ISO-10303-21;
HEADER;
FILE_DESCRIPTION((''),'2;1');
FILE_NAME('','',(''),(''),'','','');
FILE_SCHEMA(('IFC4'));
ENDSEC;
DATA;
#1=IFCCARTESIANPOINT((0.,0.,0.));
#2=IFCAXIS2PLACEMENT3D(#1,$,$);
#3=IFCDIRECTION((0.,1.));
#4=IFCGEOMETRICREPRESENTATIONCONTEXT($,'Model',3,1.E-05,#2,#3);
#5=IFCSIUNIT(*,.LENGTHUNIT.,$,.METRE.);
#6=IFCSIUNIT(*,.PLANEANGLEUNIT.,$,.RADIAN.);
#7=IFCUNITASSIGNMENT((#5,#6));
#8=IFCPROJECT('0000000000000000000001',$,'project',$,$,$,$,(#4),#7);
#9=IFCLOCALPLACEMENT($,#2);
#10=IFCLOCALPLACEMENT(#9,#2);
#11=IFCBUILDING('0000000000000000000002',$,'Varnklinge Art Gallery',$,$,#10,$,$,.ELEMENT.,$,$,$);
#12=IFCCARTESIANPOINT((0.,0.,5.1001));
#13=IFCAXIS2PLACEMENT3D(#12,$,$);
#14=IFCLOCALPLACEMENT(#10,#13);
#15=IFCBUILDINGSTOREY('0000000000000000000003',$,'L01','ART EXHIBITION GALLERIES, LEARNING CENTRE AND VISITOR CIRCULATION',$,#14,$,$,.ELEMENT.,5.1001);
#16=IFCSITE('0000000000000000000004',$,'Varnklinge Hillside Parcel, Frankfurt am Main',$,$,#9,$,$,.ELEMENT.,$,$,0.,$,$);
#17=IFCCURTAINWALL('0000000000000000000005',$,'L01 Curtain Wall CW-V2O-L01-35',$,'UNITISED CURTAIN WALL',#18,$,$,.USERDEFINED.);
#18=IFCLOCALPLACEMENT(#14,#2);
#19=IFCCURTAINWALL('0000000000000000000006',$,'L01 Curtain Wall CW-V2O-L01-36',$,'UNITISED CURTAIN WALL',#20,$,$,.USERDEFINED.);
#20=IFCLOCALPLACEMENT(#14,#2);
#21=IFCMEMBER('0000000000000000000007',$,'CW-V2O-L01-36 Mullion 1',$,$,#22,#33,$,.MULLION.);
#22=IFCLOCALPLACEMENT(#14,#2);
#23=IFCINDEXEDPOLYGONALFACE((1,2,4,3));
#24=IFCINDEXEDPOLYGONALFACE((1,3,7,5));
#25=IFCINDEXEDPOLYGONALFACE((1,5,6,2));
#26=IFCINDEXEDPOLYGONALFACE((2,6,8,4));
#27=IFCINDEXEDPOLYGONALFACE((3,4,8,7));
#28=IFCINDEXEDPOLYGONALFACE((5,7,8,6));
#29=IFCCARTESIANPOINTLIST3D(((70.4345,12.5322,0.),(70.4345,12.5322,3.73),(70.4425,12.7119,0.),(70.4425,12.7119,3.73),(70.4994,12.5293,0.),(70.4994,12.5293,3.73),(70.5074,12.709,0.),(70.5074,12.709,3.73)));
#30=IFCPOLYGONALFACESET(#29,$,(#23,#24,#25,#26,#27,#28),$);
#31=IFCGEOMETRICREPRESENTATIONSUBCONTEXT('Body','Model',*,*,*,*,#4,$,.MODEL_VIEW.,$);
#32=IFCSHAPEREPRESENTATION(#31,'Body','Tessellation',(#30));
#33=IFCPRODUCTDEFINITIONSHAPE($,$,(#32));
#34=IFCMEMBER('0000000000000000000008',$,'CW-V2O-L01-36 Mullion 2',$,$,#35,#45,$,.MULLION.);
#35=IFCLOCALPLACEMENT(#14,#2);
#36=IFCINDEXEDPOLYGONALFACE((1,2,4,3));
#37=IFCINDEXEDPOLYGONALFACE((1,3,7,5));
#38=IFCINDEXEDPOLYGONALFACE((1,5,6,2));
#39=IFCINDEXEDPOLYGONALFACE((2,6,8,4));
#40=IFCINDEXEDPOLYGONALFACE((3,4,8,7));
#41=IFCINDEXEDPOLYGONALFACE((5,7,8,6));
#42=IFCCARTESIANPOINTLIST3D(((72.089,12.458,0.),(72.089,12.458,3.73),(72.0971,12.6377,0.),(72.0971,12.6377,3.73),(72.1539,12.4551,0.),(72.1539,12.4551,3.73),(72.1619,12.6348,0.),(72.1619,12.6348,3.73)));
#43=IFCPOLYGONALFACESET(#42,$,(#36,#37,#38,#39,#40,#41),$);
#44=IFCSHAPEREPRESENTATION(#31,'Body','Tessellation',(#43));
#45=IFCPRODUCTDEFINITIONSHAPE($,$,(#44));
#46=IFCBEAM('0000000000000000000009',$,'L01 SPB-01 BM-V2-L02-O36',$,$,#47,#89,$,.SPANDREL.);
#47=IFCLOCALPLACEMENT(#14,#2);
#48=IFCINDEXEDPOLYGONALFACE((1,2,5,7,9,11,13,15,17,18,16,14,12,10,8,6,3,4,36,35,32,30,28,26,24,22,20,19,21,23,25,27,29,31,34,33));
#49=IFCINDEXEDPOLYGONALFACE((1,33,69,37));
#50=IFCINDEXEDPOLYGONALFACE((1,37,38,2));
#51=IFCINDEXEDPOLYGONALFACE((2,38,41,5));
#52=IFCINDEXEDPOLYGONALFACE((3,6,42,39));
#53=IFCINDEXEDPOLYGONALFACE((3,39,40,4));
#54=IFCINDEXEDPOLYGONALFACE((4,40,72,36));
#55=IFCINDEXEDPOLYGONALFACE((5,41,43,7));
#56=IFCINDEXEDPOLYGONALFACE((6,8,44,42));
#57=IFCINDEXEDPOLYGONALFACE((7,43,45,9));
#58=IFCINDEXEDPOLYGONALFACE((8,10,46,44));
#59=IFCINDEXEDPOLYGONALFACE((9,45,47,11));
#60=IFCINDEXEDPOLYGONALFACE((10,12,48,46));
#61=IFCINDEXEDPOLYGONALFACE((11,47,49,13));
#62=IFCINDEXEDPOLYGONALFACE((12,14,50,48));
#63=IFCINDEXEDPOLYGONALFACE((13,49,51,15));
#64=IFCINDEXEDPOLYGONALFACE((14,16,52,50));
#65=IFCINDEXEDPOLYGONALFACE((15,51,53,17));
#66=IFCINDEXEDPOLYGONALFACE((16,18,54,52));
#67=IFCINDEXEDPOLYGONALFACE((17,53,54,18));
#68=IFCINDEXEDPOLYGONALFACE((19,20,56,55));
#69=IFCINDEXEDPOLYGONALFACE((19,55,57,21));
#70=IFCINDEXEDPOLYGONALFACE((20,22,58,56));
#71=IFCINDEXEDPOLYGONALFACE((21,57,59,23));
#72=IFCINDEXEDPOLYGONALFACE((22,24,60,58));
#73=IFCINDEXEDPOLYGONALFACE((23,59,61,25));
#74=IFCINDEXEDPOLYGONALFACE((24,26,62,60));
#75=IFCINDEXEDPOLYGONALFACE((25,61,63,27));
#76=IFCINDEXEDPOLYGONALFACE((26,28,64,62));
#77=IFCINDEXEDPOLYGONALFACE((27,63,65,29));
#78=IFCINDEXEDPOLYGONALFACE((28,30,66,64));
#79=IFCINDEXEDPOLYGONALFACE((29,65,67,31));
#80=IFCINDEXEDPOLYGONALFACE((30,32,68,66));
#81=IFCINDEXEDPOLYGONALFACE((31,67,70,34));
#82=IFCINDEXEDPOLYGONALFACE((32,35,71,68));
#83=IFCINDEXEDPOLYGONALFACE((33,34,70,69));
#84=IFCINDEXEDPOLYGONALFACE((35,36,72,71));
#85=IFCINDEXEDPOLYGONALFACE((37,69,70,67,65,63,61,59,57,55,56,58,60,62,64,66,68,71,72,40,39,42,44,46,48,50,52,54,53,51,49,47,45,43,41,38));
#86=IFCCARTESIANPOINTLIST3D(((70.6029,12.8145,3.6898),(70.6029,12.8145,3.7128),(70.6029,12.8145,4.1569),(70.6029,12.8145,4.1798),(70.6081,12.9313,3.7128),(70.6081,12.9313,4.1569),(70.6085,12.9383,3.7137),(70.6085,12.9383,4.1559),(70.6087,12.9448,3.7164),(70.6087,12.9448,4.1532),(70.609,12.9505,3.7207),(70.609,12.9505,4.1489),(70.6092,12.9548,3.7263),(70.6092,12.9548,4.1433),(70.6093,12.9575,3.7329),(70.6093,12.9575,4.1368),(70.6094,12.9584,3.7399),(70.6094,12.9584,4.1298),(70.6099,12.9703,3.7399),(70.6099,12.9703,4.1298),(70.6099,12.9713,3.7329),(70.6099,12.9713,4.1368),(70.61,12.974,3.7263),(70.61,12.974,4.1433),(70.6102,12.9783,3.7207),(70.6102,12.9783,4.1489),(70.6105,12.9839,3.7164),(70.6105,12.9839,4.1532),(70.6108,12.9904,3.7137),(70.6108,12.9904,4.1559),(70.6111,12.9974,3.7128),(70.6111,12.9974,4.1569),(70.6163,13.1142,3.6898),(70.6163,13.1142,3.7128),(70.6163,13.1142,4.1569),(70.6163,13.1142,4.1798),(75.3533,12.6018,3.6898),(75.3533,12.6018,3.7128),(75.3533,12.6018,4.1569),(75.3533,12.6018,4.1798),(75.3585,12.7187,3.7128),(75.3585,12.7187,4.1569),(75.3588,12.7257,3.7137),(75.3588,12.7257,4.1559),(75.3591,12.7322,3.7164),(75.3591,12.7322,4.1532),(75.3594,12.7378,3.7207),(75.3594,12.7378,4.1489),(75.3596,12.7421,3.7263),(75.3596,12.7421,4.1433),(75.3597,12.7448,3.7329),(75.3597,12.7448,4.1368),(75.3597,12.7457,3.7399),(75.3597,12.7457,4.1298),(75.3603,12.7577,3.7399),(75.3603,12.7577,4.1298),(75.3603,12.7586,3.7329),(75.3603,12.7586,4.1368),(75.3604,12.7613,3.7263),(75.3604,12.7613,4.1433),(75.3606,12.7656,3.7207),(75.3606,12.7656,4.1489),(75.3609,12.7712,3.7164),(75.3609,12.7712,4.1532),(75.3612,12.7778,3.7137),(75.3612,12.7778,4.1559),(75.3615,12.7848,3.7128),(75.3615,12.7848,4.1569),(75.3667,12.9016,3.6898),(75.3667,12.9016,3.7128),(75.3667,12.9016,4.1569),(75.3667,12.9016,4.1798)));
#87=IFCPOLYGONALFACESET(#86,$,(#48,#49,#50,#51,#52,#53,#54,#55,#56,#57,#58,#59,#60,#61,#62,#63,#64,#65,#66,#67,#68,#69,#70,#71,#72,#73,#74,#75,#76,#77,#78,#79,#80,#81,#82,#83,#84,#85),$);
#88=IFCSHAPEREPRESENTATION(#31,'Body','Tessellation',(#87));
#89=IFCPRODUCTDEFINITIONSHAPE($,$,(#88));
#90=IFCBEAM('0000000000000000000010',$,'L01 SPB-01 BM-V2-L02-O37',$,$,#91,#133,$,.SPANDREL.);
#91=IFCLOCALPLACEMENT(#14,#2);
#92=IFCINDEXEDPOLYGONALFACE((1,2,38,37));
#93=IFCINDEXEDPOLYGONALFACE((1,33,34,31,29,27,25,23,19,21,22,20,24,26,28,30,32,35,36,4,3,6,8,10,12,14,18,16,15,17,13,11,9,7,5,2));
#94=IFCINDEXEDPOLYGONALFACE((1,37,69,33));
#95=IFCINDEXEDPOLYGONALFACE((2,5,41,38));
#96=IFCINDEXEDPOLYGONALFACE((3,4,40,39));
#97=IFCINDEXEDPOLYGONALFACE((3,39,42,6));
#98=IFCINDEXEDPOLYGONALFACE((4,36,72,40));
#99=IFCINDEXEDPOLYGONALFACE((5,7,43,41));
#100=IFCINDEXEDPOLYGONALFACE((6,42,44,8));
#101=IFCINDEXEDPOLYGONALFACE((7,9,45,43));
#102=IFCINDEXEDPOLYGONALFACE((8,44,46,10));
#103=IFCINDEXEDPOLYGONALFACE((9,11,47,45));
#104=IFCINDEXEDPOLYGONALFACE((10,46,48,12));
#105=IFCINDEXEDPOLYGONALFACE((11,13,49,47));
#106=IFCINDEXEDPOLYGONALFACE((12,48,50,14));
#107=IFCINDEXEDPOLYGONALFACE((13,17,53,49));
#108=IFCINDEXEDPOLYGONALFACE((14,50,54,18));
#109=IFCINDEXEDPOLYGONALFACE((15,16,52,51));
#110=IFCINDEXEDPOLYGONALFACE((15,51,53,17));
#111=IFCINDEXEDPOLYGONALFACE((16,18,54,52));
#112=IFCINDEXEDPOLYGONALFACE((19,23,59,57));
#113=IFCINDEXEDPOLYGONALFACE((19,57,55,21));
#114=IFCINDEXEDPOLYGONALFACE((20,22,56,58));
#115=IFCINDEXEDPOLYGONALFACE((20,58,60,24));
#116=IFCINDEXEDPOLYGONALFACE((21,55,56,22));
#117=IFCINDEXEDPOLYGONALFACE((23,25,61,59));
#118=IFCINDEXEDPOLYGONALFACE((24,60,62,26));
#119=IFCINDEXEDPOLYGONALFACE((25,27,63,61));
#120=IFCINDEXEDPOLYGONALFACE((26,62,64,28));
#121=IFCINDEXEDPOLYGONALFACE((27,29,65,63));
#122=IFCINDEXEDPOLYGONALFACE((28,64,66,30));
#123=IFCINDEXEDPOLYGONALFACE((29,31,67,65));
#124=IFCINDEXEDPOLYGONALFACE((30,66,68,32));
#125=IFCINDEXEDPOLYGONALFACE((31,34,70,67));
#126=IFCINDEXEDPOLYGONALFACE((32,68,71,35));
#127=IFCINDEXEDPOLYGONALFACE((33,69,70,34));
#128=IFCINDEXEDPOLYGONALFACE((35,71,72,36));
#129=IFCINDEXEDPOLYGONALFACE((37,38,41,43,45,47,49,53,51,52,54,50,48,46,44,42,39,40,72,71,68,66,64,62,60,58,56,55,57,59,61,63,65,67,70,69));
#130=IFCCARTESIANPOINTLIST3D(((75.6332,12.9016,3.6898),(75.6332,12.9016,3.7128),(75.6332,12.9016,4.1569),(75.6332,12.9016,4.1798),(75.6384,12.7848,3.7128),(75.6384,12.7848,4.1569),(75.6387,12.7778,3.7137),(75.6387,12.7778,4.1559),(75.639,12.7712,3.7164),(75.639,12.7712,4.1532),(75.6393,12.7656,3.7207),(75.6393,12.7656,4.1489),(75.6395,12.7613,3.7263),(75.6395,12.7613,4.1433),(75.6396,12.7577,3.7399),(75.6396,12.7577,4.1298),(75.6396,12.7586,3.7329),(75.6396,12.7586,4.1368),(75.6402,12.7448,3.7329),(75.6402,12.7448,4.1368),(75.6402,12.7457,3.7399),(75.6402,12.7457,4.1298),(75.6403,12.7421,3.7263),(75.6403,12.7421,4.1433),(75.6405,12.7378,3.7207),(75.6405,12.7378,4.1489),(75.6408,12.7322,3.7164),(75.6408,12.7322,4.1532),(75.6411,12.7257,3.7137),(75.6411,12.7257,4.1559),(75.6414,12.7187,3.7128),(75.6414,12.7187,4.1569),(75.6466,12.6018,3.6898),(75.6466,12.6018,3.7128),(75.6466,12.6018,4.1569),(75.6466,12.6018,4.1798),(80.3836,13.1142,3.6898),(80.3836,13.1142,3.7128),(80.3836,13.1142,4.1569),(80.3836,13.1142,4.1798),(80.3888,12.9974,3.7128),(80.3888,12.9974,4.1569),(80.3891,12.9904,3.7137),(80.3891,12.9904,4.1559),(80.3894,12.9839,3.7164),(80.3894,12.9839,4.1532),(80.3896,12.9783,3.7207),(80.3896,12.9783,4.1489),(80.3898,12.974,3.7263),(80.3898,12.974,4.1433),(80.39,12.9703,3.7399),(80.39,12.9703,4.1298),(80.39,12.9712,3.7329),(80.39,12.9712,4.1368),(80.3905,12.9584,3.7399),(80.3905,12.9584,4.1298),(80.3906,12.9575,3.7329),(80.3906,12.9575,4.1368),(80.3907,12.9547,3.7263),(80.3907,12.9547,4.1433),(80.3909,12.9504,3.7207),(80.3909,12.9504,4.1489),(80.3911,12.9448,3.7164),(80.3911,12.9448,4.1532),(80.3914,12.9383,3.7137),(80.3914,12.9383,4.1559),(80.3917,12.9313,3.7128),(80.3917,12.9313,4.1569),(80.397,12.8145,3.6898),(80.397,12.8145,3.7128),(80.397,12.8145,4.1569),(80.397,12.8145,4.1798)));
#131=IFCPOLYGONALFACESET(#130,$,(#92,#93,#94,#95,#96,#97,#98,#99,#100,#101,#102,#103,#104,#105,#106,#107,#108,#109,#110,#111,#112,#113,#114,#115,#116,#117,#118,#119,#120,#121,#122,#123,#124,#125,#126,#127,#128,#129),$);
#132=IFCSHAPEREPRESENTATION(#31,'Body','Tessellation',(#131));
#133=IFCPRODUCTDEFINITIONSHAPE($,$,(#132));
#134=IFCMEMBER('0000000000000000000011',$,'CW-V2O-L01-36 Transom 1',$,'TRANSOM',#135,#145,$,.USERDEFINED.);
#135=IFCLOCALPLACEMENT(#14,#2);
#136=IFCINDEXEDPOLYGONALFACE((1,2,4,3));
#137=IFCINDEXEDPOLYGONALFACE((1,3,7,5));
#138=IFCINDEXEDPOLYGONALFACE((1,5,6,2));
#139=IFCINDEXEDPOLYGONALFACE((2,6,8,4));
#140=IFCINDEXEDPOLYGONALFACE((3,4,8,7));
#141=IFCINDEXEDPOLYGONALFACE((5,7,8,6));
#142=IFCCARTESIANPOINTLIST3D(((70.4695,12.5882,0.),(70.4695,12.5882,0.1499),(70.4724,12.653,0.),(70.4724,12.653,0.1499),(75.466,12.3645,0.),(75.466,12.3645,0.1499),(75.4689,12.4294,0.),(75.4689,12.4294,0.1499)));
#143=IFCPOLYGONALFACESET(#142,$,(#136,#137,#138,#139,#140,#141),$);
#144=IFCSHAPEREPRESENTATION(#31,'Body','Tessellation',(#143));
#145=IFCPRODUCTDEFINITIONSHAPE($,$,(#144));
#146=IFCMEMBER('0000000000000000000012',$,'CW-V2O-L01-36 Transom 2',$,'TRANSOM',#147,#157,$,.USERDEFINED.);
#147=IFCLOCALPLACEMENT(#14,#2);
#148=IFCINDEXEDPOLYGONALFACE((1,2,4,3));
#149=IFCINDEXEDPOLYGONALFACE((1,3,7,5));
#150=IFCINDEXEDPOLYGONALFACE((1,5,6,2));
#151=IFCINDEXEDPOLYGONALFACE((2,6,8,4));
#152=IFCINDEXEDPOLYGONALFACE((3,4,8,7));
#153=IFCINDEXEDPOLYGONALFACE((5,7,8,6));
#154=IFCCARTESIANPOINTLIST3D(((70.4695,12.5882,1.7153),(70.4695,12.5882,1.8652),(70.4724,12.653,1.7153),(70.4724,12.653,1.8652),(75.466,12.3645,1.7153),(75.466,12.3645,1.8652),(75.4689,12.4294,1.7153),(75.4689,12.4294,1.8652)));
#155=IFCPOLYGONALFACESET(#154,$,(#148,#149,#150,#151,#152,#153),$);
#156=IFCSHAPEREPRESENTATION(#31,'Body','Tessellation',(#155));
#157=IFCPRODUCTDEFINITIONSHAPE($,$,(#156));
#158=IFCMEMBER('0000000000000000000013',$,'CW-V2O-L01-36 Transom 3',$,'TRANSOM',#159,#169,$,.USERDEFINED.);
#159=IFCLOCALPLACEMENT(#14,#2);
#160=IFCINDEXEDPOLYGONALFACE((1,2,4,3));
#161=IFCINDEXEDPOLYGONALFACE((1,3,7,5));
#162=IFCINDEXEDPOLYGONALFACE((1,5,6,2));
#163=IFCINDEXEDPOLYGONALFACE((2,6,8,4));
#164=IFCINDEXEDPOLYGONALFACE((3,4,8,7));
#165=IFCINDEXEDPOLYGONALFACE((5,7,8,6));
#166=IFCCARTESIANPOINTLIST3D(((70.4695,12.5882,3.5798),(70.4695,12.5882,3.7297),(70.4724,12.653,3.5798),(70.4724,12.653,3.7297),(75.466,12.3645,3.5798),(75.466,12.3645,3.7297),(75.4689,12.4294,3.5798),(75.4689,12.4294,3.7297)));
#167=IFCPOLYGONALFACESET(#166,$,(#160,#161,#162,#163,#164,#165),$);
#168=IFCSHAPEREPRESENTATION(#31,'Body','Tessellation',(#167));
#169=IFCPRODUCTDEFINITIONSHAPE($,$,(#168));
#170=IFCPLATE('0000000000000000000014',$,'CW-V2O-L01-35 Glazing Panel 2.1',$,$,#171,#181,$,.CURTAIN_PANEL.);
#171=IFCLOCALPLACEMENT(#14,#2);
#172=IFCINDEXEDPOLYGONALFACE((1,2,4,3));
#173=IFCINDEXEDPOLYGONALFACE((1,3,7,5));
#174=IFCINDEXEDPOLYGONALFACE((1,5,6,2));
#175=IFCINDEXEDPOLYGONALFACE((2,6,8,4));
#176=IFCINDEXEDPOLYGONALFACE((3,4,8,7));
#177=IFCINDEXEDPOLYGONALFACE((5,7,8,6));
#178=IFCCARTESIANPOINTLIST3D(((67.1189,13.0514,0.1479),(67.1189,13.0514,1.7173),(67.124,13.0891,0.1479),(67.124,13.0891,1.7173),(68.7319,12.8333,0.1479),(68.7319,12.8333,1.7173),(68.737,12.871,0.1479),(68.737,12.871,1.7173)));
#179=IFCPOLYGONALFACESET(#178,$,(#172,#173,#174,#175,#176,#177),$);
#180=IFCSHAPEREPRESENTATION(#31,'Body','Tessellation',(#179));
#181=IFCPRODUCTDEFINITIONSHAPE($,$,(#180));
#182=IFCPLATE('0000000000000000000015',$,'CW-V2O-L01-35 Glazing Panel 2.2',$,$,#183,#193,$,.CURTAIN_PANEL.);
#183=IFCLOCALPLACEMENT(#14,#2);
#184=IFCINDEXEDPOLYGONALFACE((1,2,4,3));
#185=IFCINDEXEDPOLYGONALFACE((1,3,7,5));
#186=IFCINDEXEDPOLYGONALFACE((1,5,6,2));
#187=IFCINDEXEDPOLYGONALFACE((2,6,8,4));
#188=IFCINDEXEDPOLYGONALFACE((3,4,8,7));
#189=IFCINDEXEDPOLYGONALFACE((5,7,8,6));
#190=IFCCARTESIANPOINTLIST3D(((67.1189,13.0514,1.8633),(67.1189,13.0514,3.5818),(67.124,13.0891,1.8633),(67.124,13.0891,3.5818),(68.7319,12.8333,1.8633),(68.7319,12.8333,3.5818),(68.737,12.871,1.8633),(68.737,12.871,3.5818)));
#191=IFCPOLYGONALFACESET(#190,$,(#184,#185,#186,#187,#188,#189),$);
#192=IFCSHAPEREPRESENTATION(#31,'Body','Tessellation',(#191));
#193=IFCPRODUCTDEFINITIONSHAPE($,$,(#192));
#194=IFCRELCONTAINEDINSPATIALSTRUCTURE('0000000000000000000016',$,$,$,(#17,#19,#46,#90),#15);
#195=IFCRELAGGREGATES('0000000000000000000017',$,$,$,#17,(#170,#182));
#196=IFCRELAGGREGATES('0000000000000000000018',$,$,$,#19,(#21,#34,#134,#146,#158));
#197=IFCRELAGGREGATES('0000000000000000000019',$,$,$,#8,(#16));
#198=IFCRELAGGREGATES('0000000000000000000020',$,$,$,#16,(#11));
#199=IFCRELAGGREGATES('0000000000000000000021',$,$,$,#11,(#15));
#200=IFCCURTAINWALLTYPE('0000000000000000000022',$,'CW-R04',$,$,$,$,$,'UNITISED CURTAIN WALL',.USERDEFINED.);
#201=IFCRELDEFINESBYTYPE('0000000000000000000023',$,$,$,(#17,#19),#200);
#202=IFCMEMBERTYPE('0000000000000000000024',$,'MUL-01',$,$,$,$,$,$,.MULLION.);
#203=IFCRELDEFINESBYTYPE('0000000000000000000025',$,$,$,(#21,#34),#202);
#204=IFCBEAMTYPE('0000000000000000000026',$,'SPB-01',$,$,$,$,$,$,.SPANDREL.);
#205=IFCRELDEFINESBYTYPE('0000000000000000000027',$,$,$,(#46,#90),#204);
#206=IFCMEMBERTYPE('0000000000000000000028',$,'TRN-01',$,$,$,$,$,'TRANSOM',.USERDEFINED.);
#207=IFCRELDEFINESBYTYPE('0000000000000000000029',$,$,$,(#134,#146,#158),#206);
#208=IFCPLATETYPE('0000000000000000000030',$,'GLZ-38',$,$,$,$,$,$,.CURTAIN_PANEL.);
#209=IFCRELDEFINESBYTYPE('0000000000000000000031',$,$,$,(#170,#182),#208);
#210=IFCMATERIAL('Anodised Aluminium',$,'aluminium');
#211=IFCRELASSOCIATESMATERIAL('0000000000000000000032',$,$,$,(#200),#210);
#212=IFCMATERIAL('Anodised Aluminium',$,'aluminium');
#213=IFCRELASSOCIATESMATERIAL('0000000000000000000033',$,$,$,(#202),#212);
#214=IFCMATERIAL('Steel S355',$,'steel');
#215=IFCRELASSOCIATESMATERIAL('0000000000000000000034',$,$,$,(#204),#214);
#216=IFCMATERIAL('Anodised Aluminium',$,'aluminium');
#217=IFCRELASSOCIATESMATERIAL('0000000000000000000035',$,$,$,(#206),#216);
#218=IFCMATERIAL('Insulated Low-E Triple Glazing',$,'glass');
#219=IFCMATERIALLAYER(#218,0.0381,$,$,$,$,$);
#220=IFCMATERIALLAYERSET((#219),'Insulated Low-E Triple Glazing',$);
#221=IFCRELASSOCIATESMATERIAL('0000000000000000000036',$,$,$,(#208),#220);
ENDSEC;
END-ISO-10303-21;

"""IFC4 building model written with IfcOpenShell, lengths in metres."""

from ifc_helpers import new_model, si_unit, direction, frame, origin, origin_2d, place, context, subcontext, project, spatial, rectangle, i_section, extrude, material, layer, layer_set, material_profile, profile_set, type_object, element, aggregate, save


model = new_model("IFC4")

# Units and contexts
model_context = context("Model", 3, precision=1e-05, world=origin(), true_north=direction((0.0, 1.0)))
body_context = subcontext(model_context, "Body", "Model", "MODEL_VIEW")
ifc_project = project(units=[si_unit("LENGTHUNIT", "METRE"), si_unit("PLANEANGLEUNIT", "RADIAN")], contexts=[model_context])

# Site, building, storey
site_placement = place(None, origin())
site = spatial("IfcSite", under=ifc_project, at=site_placement, Name="Varnklinge Hillside Parcel, Frankfurt am Main", CompositionType="ELEMENT", RefElevation=0.0)
building_placement = place(site_placement, origin())
building = spatial("IfcBuilding", under=site, at=building_placement, Name="Varnklinge Art Gallery", CompositionType="ELEMENT")
storey_placement = place(building_placement, frame((0.0, 0.0, 5.1001)))
storey = spatial("IfcBuildingStorey", under=building, at=storey_placement, Name="L01", Description="ART EXHIBITION GALLERIES, LEARNING CENTRE AND VISITOR CIRCULATION", CompositionType="ELEMENT", Elevation=5.1001)

# Curtain walls, members
ifc_material_1 = material(Name="Anodised Aluminium", Category="aluminium")
curtain_wall_type = type_object("IfcCurtainWallType", Name="CW-R04", ElementType="UNITISED CURTAIN WALL", PredefinedType="USERDEFINED", material=ifc_material_1)
curtain_wall_1_placement = place(storey_placement, origin())
curtain_wall_1 = element("IfcCurtainWall", 1, at=curtain_wall_1_placement, inside=storey, type_object=curtain_wall_type, Name="L01 Curtain Wall CW-V2O-L01-35", ObjectType="UNITISED CURTAIN WALL", PredefinedType="USERDEFINED")
ifc_material_2 = material(Name="Anodised Aluminium", Category="aluminium")
ifc_material_profile_1 = material_profile(ifc_material_2, rectangle(XDim=0.0649, YDim=0.1799, at=origin_2d()), Name="ALU 65x180")
ifc_profile_set_1 = profile_set([ifc_material_profile_1], Name="Anodised Aluminium")
member_type_1 = type_object("IfcMemberType", Name="MUL-01", PredefinedType="MULLION", material=ifc_profile_set_1)
curtain_wall_2_placement = place(storey_placement, origin())
curtain_wall_2 = element("IfcCurtainWall", 2, at=curtain_wall_2_placement, inside=storey, type_object=curtain_wall_type, Name="L01 Curtain Wall CW-V2O-L01-36", ObjectType="UNITISED CURTAIN WALL", PredefinedType="USERDEFINED")
member_1_placement = place(storey_placement, frame((70.4709, 12.6206, 0.0), z_axis=(0.0, 0.0, 1.0), x_axis=(0.999002, -0.044666, 0.0)))
member_1 = element("IfcMember", 3, at=member_1_placement, type_object=member_type_1, Name="CW-V2O-L01-36 Mullion 1", PredefinedType="MULLION", context=body_context, shape_type="SweptSolid", body=[
    extrude(rectangle(XDim=0.0649, YDim=0.1799, at=origin_2d()), origin(), (0.0, 0.0, 1.0), 3.73),
])
member_2_placement = place(storey_placement, frame((72.1255, 12.5464, 0.0), z_axis=(0.0, 0.0, 1.0), x_axis=(0.999002, -0.044666, 0.0)))
member_2 = element("IfcMember", 4, at=member_2_placement, type_object=member_type_1, Name="CW-V2O-L01-36 Mullion 2", PredefinedType="MULLION", context=body_context, shape_type="SweptSolid", body=[
    extrude(rectangle(XDim=0.0649, YDim=0.1799, at=origin_2d()), origin(), (0.0, 0.0, 1.0), 3.73),
])

# Beams
ifc_material_3 = material(Name="Steel S355", Category="steel")
ifc_material_profile_2 = material_profile(ifc_material_3, i_section(OverallWidth=0.3, OverallDepth=0.49, WebThickness=0.012, FlangeThickness=0.0229, FilletRadius=0.0271, at=origin_2d()), Name="HEA 500")
ifc_profile_set_2 = profile_set([ifc_material_profile_2], Name="Steel S355")
beam_type_1 = type_object("IfcBeamType", Name="SPB-01", PredefinedType="SPANDREL", material=ifc_profile_set_2)
for number, where, z_axis, x_axis, name in (
    (5, (70.6096, 12.9644, 3.9348), (0.999, -0.044718, 0.0), (0.044718, 0.999, 0.0), "L01 SPB-01 BM-V2-L02-O36"),
    (6, (75.6399, 12.7517, 3.9348), (0.999, 0.044718, 0.0), (-0.044718, 0.999, 0.0), "L01 SPB-01 BM-V2-L02-O37"),
):
    element("IfcBeam", number, at=place(storey_placement, frame(where, z_axis=z_axis, x_axis=x_axis)), inside=storey, type_object=beam_type_1, Name=name, PredefinedType="SPANDREL", context=body_context, shape_type="SweptSolid", body=[
        extrude(i_section(OverallWidth=0.3, OverallDepth=0.49, WebThickness=0.012, FlangeThickness=0.0229, FilletRadius=0.0271, at=origin_2d()), origin(), (0.0, 0.0, 1.0), 4.7551),
    ])

# Members
ifc_material_4 = material(Name="Anodised Aluminium", Category="aluminium")
ifc_material_profile_3 = material_profile(ifc_material_4, rectangle(XDim=0.0649, YDim=0.1499, at=origin_2d()), Name="ALU 65x150")
ifc_profile_set_3 = profile_set([ifc_material_profile_3], Name="Anodised Aluminium")
member_type_2 = type_object("IfcMemberType", Name="TRN-01", ElementType="TRANSOM", PredefinedType="USERDEFINED", material=ifc_profile_set_3)
member_3_placement = place(storey_placement, frame((70.4709, 12.6206, 0.075), z_axis=(0.999, -0.044712, 0.0), x_axis=(0.044712, 0.999, 0.0)))
member_3 = element("IfcMember", 7, at=member_3_placement, type_object=member_type_2, Name="CW-V2O-L01-36 Transom 1", ObjectType="TRANSOM", PredefinedType="USERDEFINED", context=body_context, shape_type="SweptSolid", body=[
    extrude(rectangle(XDim=0.0649, YDim=0.1499, at=origin_2d()), origin(), (0.0, 0.0, 1.0), 5.0015),
])
member_4_placement = place(storey_placement, frame((70.4709, 12.6206, 1.7903), z_axis=(0.999, -0.044712, 0.0), x_axis=(0.044712, 0.999, 0.0)))
member_4 = element("IfcMember", 8, at=member_4_placement, type_object=member_type_2, Name="CW-V2O-L01-36 Transom 2", ObjectType="TRANSOM", PredefinedType="USERDEFINED", context=body_context, shape_type="SweptSolid", body=[
    extrude(rectangle(XDim=0.0649, YDim=0.1499, at=origin_2d()), origin(), (0.0, 0.0, 1.0), 5.0015),
])
member_5_placement = place(storey_placement, frame((70.4709, 12.6206, 3.6548), z_axis=(0.999, -0.044712, 0.0), x_axis=(0.044712, 0.999, 0.0)))
member_5 = element("IfcMember", 9, at=member_5_placement, type_object=member_type_2, Name="CW-V2O-L01-36 Transom 3", ObjectType="TRANSOM", PredefinedType="USERDEFINED", context=body_context, shape_type="SweptSolid", body=[
    extrude(rectangle(XDim=0.0649, YDim=0.1499, at=origin_2d()), origin(), (0.0, 0.0, 1.0), 5.0015),
])

# Plates
ifc_material_5 = material(Name="Insulated Low-E Triple Glazing", Category="glass")
ifc_layer_1 = layer(ifc_material_5, 0.0381)
ifc_layer_set_1 = layer_set([ifc_layer_1], Name="Insulated Low-E Triple Glazing")
plate_type_1 = type_object("IfcPlateType", Name="GLZ-38", PredefinedType="CURTAIN_PANEL", material=ifc_layer_set_1)
plate_1_placement = place(storey_placement, frame((67.928, 12.9612, 0.1479), z_axis=(0.0, 0.0, 1.0), x_axis=(0.990983, -0.133986, 0.0)))
plate_1 = element("IfcPlate", 10, at=plate_1_placement, type_object=plate_type_1, Name="CW-V2O-L01-35 Glazing Panel 2.1", PredefinedType="CURTAIN_PANEL", context=body_context, shape_type="SweptSolid", body=[
    extrude(rectangle(XDim=1.6277, YDim=0.0381, at=origin_2d()), origin(), (0.0, 0.0, 1.0), 1.5693),
])
plate_2_placement = place(storey_placement, frame((67.928, 12.9612, 1.8633), z_axis=(0.0, 0.0, 1.0), x_axis=(0.990983, -0.133986, 0.0)))
plate_2 = element("IfcPlate", 11, at=plate_2_placement, type_object=plate_type_1, Name="CW-V2O-L01-35 Glazing Panel 2.2", PredefinedType="CURTAIN_PANEL", context=body_context, shape_type="SweptSolid", body=[
    extrude(rectangle(XDim=1.6277, YDim=0.0381, at=origin_2d()), origin(), (0.0, 0.0, 1.0), 1.7185),
])
aggregate(curtain_wall_1, [plate_1, plate_2])
aggregate(curtain_wall_2, [member_1, member_2, member_3, member_4, member_5])

save(model, "model.ifc")
